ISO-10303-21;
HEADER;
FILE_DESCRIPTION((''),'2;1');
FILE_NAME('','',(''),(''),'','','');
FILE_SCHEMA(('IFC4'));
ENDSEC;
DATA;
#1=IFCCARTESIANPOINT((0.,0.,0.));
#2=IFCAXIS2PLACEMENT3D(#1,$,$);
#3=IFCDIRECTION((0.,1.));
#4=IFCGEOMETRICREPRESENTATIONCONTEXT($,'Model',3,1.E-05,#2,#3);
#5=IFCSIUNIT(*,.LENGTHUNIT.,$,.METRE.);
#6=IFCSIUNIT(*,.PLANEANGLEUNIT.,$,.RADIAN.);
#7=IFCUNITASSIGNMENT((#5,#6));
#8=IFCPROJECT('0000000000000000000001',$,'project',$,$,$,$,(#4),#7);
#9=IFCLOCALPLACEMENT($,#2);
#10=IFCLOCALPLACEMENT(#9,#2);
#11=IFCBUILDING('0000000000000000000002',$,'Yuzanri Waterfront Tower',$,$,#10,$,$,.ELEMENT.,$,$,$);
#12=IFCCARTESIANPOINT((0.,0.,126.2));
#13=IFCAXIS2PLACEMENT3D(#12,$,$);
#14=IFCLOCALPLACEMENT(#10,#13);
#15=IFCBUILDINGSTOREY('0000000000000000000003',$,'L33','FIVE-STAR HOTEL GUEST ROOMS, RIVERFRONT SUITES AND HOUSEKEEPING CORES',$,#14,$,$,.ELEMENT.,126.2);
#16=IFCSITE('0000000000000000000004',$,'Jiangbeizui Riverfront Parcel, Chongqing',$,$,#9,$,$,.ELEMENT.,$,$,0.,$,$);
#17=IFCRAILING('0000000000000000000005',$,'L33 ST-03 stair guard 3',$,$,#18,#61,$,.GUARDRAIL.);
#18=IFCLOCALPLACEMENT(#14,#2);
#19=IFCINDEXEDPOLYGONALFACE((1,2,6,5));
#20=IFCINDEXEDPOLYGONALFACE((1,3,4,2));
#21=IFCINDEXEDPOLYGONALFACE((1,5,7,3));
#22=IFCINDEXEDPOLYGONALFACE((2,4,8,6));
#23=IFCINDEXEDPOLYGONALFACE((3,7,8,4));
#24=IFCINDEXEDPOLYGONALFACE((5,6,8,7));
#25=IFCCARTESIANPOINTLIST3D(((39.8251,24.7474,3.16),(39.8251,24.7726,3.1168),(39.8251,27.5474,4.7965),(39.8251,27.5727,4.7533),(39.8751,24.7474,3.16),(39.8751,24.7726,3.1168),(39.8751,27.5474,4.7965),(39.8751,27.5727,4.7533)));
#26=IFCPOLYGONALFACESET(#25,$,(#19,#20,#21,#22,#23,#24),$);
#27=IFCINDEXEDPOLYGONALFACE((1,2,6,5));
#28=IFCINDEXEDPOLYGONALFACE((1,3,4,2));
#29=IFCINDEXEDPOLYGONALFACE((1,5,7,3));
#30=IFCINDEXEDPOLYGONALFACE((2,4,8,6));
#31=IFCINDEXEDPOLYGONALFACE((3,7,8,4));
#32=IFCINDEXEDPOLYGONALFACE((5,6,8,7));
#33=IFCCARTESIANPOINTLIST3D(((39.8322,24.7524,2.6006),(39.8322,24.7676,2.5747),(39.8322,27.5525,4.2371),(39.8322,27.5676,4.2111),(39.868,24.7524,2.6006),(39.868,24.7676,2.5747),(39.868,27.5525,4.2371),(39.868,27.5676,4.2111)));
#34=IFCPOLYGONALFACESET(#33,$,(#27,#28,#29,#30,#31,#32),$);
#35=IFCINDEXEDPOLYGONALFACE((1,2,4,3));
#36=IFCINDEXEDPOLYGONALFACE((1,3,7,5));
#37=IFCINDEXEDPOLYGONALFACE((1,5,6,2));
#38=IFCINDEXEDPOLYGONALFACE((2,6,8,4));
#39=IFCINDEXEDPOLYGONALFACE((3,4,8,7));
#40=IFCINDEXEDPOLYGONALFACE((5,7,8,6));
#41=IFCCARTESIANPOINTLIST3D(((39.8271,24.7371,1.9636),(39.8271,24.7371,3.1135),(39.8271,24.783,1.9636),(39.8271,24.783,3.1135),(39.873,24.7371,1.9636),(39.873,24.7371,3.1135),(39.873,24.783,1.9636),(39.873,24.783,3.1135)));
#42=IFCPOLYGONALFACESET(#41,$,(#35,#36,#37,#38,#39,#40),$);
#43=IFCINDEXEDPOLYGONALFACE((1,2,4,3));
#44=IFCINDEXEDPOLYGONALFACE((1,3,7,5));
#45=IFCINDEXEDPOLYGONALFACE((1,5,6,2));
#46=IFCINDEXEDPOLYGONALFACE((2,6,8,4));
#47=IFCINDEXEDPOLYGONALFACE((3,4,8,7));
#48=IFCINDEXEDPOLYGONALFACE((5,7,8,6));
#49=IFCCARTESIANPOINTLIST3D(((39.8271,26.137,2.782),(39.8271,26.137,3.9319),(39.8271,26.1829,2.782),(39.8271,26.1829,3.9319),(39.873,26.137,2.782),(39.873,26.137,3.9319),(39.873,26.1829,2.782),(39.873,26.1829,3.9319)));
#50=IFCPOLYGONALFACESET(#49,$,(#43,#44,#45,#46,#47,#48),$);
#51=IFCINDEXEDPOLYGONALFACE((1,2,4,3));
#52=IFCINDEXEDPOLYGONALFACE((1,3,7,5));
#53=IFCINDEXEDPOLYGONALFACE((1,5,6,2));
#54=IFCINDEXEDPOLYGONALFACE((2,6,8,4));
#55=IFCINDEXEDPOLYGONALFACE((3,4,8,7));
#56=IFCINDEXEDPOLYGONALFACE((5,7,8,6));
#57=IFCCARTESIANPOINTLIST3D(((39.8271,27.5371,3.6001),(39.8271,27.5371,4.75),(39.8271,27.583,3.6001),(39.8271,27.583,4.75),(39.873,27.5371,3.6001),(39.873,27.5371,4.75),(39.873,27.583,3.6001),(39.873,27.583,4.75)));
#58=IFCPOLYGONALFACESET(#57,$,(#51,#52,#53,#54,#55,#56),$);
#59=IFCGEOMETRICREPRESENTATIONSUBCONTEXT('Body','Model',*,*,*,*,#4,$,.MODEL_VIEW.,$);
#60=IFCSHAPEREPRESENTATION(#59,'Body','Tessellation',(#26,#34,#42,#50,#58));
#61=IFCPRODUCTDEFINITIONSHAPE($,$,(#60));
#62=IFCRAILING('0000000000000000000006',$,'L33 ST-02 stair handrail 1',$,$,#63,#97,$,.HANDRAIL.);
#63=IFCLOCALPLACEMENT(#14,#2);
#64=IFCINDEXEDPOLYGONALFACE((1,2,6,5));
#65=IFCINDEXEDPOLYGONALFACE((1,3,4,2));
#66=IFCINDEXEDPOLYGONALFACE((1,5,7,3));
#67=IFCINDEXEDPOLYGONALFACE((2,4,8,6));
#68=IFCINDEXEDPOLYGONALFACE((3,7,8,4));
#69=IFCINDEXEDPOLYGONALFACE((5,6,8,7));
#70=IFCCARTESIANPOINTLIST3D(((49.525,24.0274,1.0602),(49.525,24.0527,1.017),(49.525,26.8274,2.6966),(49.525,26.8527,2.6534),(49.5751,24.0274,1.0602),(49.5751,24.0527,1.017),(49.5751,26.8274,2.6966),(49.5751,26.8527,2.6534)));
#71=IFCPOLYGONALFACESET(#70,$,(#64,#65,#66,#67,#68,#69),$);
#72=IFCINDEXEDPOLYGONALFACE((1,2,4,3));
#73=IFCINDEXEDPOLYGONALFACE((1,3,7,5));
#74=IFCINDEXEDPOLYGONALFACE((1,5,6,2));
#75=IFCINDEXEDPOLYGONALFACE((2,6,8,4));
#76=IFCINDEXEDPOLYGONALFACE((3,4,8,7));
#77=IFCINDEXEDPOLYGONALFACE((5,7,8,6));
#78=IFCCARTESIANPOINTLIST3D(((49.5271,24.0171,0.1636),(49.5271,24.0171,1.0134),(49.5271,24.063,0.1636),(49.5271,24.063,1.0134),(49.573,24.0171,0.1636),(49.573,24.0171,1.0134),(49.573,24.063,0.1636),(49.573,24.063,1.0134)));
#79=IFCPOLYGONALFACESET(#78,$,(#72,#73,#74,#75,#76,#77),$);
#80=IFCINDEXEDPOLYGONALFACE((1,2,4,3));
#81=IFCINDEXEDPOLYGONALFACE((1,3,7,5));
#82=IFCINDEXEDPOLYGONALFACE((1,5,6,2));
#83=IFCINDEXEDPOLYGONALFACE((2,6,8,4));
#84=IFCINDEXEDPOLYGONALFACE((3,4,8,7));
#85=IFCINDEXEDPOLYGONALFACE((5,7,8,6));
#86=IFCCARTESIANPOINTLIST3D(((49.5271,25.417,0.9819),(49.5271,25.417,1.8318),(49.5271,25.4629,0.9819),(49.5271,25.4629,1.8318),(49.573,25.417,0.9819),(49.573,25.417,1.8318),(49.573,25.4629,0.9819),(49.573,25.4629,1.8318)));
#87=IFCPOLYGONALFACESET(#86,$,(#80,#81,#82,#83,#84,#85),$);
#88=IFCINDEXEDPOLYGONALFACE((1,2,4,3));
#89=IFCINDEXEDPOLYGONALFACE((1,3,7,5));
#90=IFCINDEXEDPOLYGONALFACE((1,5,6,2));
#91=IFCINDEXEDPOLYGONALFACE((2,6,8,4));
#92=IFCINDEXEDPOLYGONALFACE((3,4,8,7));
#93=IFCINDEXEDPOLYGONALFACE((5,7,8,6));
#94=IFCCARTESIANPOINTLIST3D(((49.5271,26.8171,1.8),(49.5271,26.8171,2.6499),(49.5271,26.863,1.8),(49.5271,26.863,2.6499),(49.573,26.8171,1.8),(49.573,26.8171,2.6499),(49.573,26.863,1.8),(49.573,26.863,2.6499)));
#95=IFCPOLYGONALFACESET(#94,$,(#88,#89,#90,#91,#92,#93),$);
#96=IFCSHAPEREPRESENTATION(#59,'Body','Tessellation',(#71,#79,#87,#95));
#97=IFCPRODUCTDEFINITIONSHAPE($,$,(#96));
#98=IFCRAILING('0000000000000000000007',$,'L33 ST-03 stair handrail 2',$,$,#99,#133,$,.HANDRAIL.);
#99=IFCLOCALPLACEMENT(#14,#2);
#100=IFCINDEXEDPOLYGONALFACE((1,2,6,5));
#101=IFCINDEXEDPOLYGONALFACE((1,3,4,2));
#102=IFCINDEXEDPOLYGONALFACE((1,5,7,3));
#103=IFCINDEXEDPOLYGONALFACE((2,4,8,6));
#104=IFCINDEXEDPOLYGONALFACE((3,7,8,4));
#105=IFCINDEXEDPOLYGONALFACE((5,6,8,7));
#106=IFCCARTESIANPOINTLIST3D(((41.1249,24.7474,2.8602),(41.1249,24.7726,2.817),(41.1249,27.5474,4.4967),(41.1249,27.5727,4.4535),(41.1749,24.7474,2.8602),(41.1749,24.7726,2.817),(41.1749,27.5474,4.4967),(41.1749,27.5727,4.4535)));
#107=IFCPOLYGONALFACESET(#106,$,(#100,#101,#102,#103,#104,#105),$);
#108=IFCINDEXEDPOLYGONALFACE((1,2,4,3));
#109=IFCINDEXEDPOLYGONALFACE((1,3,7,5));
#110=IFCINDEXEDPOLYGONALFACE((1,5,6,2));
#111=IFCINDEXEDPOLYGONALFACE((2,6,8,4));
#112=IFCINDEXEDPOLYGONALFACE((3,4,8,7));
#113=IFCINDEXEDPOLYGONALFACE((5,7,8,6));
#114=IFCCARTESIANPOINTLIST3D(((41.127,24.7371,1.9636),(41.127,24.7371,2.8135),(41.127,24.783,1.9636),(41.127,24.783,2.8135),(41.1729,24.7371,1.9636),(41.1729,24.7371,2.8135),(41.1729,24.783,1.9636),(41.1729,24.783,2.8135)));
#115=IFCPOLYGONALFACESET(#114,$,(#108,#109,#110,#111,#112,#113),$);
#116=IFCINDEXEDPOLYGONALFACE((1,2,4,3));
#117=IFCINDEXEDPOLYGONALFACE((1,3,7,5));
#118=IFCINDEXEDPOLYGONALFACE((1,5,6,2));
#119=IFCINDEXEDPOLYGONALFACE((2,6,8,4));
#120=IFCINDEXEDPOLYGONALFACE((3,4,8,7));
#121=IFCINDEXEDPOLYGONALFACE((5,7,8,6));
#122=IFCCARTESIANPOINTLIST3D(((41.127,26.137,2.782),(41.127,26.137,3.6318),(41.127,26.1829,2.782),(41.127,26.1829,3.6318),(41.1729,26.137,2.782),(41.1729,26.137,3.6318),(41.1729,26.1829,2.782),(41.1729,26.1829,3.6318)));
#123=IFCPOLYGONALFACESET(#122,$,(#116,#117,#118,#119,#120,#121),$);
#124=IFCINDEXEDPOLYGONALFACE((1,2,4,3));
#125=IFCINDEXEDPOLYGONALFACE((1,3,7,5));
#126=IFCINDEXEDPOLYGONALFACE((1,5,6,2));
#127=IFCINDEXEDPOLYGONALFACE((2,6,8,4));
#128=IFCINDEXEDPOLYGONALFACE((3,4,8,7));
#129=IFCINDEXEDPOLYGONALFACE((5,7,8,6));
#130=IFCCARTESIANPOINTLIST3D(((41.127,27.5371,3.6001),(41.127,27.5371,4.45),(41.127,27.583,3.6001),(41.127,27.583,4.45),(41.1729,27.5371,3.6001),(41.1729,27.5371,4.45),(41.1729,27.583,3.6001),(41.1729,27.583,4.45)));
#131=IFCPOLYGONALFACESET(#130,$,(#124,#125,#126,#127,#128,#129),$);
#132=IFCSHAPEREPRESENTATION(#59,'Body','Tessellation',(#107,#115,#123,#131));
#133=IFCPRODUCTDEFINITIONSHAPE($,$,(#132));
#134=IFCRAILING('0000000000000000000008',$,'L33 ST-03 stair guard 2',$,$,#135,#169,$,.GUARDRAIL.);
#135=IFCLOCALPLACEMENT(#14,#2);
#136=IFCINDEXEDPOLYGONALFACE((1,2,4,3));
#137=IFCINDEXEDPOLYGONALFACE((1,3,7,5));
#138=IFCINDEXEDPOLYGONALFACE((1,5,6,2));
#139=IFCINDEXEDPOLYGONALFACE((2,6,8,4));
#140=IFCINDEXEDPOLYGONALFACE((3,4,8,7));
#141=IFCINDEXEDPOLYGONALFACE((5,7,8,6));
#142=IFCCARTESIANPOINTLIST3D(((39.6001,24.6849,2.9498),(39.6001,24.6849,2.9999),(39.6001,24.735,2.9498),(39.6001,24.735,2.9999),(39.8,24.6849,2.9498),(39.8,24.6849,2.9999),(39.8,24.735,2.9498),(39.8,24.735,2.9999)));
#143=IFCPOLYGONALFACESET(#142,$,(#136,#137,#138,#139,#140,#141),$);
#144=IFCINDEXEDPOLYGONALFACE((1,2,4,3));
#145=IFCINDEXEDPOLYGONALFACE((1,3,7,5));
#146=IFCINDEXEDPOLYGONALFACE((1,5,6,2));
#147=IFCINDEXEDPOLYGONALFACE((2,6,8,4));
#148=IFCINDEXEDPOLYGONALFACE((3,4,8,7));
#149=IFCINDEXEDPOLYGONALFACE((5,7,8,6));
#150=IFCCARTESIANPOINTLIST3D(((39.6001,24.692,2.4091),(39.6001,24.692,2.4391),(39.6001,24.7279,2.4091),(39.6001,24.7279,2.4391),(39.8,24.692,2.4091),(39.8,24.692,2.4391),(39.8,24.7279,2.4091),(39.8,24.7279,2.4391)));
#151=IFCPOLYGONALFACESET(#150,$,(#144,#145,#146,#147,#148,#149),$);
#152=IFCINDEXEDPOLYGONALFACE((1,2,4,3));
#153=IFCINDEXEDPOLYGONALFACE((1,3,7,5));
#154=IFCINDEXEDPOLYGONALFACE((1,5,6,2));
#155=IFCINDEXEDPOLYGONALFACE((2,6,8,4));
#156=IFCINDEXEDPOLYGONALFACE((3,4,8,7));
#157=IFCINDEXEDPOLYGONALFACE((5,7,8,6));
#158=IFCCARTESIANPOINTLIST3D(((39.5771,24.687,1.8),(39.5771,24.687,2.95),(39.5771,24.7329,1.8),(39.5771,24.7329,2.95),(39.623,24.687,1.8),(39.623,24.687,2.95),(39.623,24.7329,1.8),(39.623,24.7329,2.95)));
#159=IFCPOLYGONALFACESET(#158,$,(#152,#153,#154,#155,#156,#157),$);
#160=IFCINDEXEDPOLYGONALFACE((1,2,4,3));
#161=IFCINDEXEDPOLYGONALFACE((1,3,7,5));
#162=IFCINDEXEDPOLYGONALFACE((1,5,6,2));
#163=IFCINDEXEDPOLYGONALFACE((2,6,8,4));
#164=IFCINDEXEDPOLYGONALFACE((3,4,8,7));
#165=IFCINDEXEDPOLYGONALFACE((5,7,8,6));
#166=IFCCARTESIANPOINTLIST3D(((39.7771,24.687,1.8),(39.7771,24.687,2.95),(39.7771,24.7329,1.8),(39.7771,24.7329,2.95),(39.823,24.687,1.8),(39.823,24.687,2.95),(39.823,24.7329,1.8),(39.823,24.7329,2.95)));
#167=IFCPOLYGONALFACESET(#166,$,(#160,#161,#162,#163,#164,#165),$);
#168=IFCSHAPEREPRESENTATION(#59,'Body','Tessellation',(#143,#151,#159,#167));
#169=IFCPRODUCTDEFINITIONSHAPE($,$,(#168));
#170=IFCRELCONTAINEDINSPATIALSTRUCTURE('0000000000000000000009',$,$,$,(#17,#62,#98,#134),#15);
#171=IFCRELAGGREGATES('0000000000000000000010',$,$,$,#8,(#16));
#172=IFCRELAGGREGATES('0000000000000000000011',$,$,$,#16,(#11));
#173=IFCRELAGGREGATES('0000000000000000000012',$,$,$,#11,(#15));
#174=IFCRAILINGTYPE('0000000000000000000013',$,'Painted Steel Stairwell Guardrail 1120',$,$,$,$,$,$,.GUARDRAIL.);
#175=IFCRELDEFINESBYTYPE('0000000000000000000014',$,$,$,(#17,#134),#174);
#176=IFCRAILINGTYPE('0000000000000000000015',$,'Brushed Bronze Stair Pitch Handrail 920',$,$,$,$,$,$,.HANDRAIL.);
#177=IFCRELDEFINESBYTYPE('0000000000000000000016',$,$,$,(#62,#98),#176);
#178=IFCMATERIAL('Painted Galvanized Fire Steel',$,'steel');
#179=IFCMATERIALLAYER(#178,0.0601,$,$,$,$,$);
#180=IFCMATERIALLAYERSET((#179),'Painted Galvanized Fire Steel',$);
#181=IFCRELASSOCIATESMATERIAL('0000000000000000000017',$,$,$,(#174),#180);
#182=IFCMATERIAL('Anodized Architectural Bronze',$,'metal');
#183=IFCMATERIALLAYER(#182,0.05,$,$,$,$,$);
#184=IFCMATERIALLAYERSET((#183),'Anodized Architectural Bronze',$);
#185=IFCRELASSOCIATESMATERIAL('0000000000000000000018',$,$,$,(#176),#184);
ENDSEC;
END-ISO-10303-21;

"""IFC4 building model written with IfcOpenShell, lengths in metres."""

from ifc_helpers import new_model, si_unit, direction, frame, origin, origin_2d, place, context, subcontext, project, spatial, rectangle, extrude, source, transform, mapped, material, layer, layer_set, type_object, element, save


model = new_model("IFC4")

# Units and contexts
model_context = context("Model", 3, precision=1e-05, world=origin(), true_north=direction((0.0, 1.0)))
body_context = subcontext(model_context, "Body", "Model", "MODEL_VIEW")
ifc_project = project(units=[si_unit("LENGTHUNIT", "METRE"), si_unit("PLANEANGLEUNIT", "RADIAN")], contexts=[model_context])

# Site, building, storey
site_placement = place(None, origin())
site = spatial("IfcSite", under=ifc_project, at=site_placement, Name="Jiangbeizui Riverfront Parcel, Chongqing", CompositionType="ELEMENT", RefElevation=0.0)
building_placement = place(site_placement, origin())
building = spatial("IfcBuilding", under=site, at=building_placement, Name="Yuzanri Waterfront Tower", CompositionType="ELEMENT")
storey_placement = place(building_placement, frame((0.0, 0.0, 126.2)))
storey = spatial("IfcBuildingStorey", under=building, at=storey_placement, Name="L33", Description="FIVE-STAR HOTEL GUEST ROOMS, RIVERFRONT SUITES AND HOUSEKEEPING CORES", CompositionType="ELEMENT", Elevation=126.2)

# Railings
ifc_material_1 = material(Name="Painted Galvanized Fire Steel", Category="steel")
ifc_layer_1 = layer(ifc_material_1, 0.0601)
ifc_layer_set_1 = layer_set([ifc_layer_1], Name="Painted Galvanized Fire Steel")
railing_type_1 = type_object("IfcRailingType", Name="Painted Steel Stairwell Guardrail 1120", PredefinedType="GUARDRAIL", material=ifc_layer_set_1)
shared_shape_1 = source(origin(), body_context, "Body", "SweptSolid", [
    extrude(rectangle(XDim=0.05, YDim=0.05, at=origin_2d()), frame((0.0, 0.0, 1.1748), z_axis=(0.0, 0.863361, 0.504587), x_axis=(-1.0, 0.0, 0.0)), (0.0, 0.0, 1.0), 3.2432),
    extrude(rectangle(XDim=0.0359, YDim=0.03, at=origin_2d()), frame((0.0, 0.0, 0.624), z_axis=(0.0, 0.863361, 0.504587), x_axis=(-1.0, 0.0, 0.0)), (0.0, 0.0, 1.0), 3.2432),
    extrude(rectangle(XDim=0.0459, YDim=0.0459, at=origin_2d()), origin(), (0.0, 0.0, 1.0), 1.1499),
    extrude(rectangle(XDim=0.0459, YDim=0.0459, at=origin_2d()), frame((0.0, 1.3999, 0.8184)), (0.0, 0.0, 1.0), 1.1499),
    extrude(rectangle(XDim=0.0459, YDim=0.0459, at=origin_2d()), frame((0.0, 2.8, 1.6365)), (0.0, 0.0, 1.0), 1.1499),
])
for number, where, name in (
    (1, (39.8501, 24.76, 1.9636), "L33 ST-03 stair guard 3"),
):
    element("IfcRailing", number, at=place(storey_placement, frame(where)), inside=storey, type_object=railing_type_1, Name=name, PredefinedType="GUARDRAIL", context=body_context, shape_type="MappedRepresentation", body=[
        mapped(shared_shape_1, transform((0.0, 0.0, 0.0), scale=1.0)),
    ])
ifc_material_2 = material(Name="Anodized Architectural Bronze", Category="metal")
ifc_layer_2 = layer(ifc_material_2, 0.05)
ifc_layer_set_2 = layer_set([ifc_layer_2], Name="Anodized Architectural Bronze")
railing_type_2 = type_object("IfcRailingType", Name="Brushed Bronze Stair Pitch Handrail 920", PredefinedType="HANDRAIL", material=ifc_layer_set_2)
shared_shape_2 = source(origin(), body_context, "Body", "SweptSolid", [
    extrude(rectangle(XDim=0.05, YDim=0.05, at=origin_2d()), frame((0.0, 0.0, 0.875), z_axis=(0.0, 0.863361, 0.504587), x_axis=(-1.0, 0.0, 0.0)), (0.0, 0.0, 1.0), 3.2432),
    extrude(rectangle(XDim=0.0459, YDim=0.0459, at=origin_2d()), origin(), (0.0, 0.0, 1.0), 0.8499),
    extrude(rectangle(XDim=0.0459, YDim=0.0459, at=origin_2d()), frame((0.0, 1.3999, 0.8184)), (0.0, 0.0, 1.0), 0.8499),
    extrude(rectangle(XDim=0.0459, YDim=0.0459, at=origin_2d()), frame((0.0, 2.8, 1.6365)), (0.0, 0.0, 1.0), 0.8499),
])
for number, where, name in (
    (2, (49.55, 24.04, 0.1636), "L33 ST-02 stair handrail 1"),
    (3, (41.1499, 24.76, 1.9636), "L33 ST-03 stair handrail 2"),
):
    element("IfcRailing", number, at=place(storey_placement, frame(where)), inside=storey, type_object=railing_type_2, Name=name, PredefinedType="HANDRAIL", context=body_context, shape_type="MappedRepresentation", body=[
        mapped(shared_shape_2, transform((0.0, 0.0, 0.0), scale=1.0)),
    ])
shared_shape_3 = source(origin(), body_context, "Body", "SweptSolid", [
    extrude(rectangle(XDim=0.05, YDim=0.05, at=origin_2d()), frame((0.0, 0.0, 1.1748), z_axis=(1.0, 0.0, 0.0), x_axis=(0.0, 1.0, 0.0)), (0.0, 0.0, 1.0), 0.2),
    extrude(rectangle(XDim=0.0359, YDim=0.03, at=origin_2d()), frame((0.0, 0.0, 0.624), z_axis=(1.0, 0.0, 0.0), x_axis=(0.0, 1.0, 0.0)), (0.0, 0.0, 1.0), 0.2),
    extrude(rectangle(XDim=0.0459, YDim=0.0459, at=origin_2d()), origin(), (0.0, 0.0, 1.0), 1.1499),
    extrude(rectangle(XDim=0.0459, YDim=0.0459, at=origin_2d()), frame((0.2, 0.0, 0.0)), (0.0, 0.0, 1.0), 1.1499),
])
railing_1_placement = place(storey_placement, frame((39.6001, 24.71, 1.8)))
element("IfcRailing", 4, at=railing_1_placement, inside=storey, type_object=railing_type_1, Name="L33 ST-03 stair guard 2", PredefinedType="GUARDRAIL", context=body_context, shape_type="MappedRepresentation", body=[
    mapped(shared_shape_3, transform((0.0, 0.0, 0.0), scale=1.0)),
])

save(model, "model.ifc")
